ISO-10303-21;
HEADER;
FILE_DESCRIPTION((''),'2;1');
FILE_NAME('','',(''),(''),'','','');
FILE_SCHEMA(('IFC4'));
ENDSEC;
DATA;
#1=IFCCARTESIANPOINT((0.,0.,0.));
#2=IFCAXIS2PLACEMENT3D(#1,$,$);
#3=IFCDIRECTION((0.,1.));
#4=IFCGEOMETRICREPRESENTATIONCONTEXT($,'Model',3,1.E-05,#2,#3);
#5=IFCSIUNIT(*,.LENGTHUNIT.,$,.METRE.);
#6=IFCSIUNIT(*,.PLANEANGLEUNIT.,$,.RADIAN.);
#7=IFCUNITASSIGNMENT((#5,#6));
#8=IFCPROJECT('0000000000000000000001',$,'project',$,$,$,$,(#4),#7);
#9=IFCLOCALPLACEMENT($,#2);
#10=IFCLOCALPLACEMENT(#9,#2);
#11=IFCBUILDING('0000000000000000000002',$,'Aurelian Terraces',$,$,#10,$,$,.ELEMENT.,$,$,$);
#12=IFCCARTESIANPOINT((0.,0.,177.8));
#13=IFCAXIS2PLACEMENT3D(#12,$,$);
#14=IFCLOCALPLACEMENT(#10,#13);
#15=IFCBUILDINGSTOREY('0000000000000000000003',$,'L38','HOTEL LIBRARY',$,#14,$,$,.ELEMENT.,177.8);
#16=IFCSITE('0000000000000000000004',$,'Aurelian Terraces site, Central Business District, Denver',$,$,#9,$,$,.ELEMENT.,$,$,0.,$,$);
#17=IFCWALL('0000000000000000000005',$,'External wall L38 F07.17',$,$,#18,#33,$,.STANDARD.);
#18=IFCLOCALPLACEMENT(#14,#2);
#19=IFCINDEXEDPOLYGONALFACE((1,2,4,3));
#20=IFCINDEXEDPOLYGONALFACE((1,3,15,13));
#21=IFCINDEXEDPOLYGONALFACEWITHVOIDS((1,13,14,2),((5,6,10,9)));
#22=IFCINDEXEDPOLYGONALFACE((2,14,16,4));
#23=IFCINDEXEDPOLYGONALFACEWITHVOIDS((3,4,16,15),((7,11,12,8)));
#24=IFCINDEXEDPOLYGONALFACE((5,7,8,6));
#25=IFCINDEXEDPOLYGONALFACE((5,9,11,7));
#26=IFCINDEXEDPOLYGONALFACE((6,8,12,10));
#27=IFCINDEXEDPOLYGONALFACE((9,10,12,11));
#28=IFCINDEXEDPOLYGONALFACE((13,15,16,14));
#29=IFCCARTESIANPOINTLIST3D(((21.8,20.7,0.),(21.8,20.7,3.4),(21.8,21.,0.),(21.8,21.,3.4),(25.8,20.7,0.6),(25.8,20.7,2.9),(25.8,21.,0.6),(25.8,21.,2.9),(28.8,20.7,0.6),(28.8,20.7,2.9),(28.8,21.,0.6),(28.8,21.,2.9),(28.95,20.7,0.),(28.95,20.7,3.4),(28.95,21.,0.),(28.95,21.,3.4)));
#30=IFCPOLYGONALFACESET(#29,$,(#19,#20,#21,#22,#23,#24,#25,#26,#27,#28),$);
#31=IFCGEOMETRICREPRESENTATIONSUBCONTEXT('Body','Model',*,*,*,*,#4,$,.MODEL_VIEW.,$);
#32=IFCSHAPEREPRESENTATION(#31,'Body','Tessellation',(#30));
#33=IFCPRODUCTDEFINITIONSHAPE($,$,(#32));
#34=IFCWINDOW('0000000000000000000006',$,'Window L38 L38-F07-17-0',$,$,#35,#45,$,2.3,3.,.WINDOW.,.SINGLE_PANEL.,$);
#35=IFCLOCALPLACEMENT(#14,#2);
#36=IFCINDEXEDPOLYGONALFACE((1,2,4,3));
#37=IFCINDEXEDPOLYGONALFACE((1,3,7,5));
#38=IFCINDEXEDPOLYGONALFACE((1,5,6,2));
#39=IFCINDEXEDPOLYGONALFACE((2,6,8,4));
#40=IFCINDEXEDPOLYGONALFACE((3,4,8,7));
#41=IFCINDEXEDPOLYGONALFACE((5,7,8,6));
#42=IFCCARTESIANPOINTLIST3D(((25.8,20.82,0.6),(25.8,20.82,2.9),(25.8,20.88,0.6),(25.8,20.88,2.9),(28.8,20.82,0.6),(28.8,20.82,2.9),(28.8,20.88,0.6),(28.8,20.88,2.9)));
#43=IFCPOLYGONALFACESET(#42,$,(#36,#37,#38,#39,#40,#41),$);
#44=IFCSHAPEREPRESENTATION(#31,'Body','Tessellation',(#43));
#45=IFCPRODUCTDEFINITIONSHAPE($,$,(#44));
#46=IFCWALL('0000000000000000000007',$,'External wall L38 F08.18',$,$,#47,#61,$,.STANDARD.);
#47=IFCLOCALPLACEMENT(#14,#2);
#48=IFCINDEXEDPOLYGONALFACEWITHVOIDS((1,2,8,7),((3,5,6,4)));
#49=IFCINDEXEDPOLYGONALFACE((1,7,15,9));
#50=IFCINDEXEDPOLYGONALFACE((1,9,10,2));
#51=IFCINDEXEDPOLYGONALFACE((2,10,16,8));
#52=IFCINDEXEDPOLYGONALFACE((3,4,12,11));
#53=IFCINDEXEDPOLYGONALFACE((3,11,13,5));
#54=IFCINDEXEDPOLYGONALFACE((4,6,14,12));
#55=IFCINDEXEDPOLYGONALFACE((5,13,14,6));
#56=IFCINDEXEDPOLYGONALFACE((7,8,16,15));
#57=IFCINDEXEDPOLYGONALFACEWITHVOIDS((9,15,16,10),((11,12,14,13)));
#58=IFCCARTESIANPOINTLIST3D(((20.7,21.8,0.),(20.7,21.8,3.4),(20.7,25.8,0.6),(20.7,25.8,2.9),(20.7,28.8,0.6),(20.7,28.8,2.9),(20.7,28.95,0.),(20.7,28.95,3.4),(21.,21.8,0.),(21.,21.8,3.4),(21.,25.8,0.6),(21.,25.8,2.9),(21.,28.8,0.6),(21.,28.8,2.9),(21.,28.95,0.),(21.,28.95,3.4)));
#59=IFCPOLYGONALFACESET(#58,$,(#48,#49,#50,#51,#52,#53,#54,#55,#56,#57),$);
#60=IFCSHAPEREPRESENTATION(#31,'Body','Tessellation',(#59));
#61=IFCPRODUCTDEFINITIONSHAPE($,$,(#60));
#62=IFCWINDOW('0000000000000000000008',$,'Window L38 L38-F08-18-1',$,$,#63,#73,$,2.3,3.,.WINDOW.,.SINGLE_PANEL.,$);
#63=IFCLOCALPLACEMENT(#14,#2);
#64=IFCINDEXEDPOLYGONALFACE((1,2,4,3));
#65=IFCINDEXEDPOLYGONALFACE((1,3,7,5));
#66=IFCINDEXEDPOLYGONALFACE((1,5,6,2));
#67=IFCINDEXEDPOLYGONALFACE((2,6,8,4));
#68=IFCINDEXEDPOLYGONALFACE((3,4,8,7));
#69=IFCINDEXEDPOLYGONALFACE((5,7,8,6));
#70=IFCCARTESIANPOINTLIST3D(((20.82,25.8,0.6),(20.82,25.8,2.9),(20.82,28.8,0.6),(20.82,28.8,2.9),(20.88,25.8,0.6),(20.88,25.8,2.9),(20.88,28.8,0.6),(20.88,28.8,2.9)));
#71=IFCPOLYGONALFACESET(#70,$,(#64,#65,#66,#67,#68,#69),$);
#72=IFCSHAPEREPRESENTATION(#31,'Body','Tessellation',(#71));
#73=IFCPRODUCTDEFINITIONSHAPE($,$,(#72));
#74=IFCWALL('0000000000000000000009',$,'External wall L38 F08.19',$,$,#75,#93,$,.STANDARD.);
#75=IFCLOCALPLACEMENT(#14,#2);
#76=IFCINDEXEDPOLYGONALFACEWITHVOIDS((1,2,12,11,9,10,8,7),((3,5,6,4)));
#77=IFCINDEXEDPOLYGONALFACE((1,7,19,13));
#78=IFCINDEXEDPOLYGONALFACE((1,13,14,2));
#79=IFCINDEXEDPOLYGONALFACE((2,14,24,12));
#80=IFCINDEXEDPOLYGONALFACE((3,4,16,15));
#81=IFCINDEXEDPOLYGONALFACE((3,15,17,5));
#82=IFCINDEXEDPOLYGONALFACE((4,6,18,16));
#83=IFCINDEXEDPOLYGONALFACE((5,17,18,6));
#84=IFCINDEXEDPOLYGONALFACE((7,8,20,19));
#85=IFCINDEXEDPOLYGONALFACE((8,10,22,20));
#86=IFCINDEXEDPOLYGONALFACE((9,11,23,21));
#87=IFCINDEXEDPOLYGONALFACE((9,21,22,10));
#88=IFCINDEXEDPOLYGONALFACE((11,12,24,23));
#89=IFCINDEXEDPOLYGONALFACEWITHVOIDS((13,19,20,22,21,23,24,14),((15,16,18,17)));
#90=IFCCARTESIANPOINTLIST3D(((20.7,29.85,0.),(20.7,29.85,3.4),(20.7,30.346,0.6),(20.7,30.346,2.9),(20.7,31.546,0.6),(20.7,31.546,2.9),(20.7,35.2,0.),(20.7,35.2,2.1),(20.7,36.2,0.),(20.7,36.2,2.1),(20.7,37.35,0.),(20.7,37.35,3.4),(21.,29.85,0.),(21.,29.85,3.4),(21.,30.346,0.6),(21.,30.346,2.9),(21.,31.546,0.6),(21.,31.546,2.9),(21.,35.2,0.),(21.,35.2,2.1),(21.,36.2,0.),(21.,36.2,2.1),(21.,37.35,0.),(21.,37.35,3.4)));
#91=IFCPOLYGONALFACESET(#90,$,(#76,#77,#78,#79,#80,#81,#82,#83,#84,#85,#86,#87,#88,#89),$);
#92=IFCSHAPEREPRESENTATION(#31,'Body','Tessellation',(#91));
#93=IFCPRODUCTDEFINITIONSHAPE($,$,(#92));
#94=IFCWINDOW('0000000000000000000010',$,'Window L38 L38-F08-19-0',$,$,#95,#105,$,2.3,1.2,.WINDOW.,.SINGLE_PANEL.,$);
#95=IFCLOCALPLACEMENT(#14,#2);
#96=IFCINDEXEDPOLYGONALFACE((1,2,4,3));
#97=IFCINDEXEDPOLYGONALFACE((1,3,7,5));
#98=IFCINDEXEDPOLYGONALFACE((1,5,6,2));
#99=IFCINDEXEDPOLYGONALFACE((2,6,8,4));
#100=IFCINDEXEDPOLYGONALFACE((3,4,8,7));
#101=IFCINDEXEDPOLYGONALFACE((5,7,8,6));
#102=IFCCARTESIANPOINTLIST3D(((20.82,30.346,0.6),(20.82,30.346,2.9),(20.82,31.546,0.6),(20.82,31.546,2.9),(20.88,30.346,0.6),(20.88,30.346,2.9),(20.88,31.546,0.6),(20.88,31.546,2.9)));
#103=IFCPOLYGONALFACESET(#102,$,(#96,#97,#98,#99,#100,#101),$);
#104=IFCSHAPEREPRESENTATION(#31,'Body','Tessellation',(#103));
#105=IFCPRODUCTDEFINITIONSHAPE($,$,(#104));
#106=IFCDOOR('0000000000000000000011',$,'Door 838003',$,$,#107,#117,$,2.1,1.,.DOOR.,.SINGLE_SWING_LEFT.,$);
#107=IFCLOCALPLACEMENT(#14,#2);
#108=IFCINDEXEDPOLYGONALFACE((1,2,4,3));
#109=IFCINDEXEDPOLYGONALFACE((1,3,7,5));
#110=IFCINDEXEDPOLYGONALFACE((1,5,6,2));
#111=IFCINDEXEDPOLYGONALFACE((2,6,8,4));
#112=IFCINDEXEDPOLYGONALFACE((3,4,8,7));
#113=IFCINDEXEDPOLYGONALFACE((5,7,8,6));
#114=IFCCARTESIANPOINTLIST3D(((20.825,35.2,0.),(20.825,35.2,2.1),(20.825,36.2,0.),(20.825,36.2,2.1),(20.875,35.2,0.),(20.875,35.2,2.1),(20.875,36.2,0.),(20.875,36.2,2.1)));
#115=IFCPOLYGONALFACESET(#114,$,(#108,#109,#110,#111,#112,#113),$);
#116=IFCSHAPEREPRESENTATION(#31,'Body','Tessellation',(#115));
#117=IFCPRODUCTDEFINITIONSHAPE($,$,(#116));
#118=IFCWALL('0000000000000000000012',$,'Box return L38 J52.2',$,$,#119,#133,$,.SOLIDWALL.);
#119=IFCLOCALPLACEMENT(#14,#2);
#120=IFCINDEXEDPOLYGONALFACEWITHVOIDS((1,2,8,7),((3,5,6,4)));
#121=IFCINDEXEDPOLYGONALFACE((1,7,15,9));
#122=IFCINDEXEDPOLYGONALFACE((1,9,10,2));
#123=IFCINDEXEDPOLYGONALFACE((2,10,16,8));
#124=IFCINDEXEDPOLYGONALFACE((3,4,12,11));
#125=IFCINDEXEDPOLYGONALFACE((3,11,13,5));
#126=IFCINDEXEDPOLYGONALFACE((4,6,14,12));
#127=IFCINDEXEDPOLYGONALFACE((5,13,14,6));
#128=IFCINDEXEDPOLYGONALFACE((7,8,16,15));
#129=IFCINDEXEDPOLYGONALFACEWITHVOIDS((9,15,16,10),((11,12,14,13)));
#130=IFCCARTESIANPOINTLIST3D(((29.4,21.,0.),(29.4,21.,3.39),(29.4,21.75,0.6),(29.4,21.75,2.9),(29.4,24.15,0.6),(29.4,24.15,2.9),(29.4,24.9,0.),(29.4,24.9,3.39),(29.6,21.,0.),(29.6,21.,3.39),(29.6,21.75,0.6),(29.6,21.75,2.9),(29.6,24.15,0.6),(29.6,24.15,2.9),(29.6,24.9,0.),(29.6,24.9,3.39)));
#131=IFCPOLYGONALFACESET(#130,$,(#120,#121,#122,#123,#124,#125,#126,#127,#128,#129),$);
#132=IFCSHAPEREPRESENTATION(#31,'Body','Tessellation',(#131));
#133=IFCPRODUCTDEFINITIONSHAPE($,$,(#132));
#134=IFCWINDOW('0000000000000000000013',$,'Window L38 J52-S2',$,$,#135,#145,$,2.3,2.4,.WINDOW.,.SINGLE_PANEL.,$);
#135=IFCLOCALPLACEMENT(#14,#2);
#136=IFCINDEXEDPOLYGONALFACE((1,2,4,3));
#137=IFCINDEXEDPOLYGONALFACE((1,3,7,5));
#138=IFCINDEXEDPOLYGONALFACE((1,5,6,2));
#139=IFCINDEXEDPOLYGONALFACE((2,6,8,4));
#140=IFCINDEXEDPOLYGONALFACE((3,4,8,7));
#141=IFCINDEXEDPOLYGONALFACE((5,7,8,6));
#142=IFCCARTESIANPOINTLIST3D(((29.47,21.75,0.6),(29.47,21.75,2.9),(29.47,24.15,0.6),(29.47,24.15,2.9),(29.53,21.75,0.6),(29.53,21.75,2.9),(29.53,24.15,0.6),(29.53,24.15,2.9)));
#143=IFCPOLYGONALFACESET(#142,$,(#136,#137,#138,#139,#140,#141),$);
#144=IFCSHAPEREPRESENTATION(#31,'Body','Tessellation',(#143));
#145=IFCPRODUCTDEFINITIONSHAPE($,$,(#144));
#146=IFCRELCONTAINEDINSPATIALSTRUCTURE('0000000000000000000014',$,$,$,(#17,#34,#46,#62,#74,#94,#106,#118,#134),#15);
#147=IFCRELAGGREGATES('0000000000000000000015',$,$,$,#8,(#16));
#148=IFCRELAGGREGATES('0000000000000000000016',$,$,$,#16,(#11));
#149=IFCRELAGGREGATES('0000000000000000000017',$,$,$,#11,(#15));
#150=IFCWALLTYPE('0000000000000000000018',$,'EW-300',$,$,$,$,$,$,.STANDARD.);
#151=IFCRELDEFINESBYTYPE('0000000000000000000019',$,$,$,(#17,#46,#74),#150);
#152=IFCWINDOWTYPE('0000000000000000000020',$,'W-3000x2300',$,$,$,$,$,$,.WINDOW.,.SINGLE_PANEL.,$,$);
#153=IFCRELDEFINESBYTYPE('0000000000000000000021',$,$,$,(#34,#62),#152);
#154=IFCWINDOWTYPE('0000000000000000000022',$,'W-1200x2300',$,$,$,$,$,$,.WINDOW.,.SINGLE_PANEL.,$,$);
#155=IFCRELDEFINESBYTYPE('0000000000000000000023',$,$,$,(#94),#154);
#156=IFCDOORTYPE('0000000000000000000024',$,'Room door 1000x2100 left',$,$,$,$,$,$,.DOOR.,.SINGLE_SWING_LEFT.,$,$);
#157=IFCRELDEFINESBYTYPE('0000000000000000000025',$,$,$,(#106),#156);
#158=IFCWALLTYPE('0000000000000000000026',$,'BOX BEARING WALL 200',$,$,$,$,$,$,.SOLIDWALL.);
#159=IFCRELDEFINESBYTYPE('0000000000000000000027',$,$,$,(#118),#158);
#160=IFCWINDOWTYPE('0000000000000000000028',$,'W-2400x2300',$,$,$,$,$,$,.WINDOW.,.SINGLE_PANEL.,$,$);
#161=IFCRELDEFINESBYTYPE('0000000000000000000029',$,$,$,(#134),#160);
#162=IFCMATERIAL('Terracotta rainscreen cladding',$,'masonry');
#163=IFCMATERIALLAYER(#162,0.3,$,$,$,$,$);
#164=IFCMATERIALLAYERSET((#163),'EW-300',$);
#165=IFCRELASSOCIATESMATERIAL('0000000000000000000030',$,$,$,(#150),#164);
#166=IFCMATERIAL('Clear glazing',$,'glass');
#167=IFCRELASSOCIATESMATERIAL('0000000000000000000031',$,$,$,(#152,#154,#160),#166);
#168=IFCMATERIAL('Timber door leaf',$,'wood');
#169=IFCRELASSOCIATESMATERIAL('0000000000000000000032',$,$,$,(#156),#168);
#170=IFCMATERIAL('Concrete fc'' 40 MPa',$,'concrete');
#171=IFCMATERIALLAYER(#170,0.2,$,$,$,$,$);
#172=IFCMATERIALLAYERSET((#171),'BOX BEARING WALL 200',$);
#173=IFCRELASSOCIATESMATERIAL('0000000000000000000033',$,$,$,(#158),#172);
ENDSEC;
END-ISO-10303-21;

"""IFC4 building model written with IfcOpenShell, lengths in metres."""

from ifc_helpers import new_model, si_unit, direction, frame, frame_2d, origin, place, context, subcontext, project, spatial, rectangle, extrude, source, transform, mapped, material, layer, layer_set, type_object, element, fill, save


model = new_model("IFC4")

# Units and contexts
model_context = context("Model", 3, precision=1e-05, world=origin(), true_north=direction((0.0, 1.0)))
body_context = subcontext(model_context, "Body", "Model", "MODEL_VIEW")
ifc_project = project(units=[si_unit("LENGTHUNIT", "METRE"), si_unit("PLANEANGLEUNIT", "RADIAN")], contexts=[model_context])

# Site, building, storey
site_placement = place(None, origin())
site = spatial("IfcSite", under=ifc_project, at=site_placement, Name="Aurelian Terraces site, Central Business District, Denver", CompositionType="ELEMENT", RefElevation=0.0)
building_placement = place(site_placement, origin())
building = spatial("IfcBuilding", under=site, at=building_placement, Name="Aurelian Terraces", CompositionType="ELEMENT")
storey_placement = place(building_placement, frame((0.0, 0.0, 177.8)))
storey = spatial("IfcBuildingStorey", under=building, at=storey_placement, Name="L38", Description="HOTEL LIBRARY", CompositionType="ELEMENT", Elevation=177.8)

# Walls, openings, windows
ifc_material_1 = material(Name="Terracotta rainscreen cladding", Category="masonry")
ifc_layer_1 = layer(ifc_material_1, 0.3)
ifc_layer_set_1 = layer_set([ifc_layer_1], Name="EW-300")
wall_type_1 = type_object("IfcWallType", Name="EW-300", PredefinedType="STANDARD", material=ifc_layer_set_1)
wall_1_placement = place(storey_placement, frame((28.95, 20.85, 0.0), z_axis=(0.0, 0.0, 1.0), x_axis=(-1.0, 0.0, 0.0)))
wall_1 = element("IfcWall", 1, at=wall_1_placement, inside=storey, type_object=wall_type_1, Name="External wall L38 F07.17", PredefinedType="STANDARD", context=body_context, shape_type="SweptSolid", body=[
    extrude(rectangle(XDim=7.15, YDim=0.3, at=frame_2d((3.575, 0.0))), origin(), (0.0, 0.0, 1.0), 3.4),
])
shared_shape_1 = source(origin(), body_context, "Body", "SweptSolid", [
    extrude(rectangle(XDim=3.0, YDim=2.3, at=frame_2d((1.5, 1.15))), frame((0.0, 0.16, 0.0), z_axis=(0.0, -1.0, 0.0), x_axis=(1.0, 0.0, 0.0)), (0.0, 0.0, 1.0), 0.32),
])
opening_1_placement = place(wall_1_placement, frame((0.15, 0.0, 0.6)))
opening_1 = element("IfcOpeningElement", 2, at=opening_1_placement, cuts=wall_1, PredefinedType="OPENING", context=body_context, shape_type="MappedRepresentation", body=[
    mapped(shared_shape_1, transform((0.0, 0.0, 0.0), scale=1.0)),
])
ifc_material_2 = material(Name="Clear glazing", Category="glass")
window_type_1 = type_object("IfcWindowType", Name="W-3000x2300", PartitioningType="SINGLE_PANEL", PredefinedType="WINDOW", material=ifc_material_2)
shared_shape_2 = source(origin(), body_context, "Body", "SweptSolid", [
    extrude(rectangle(XDim=3.0, YDim=2.3, at=frame_2d((1.5, 1.15))), frame((0.0, 0.03, 0.0), z_axis=(0.0, -1.0, 0.0), x_axis=(1.0, 0.0, 0.0)), (0.0, 0.0, 1.0), 0.06),
])
window_1_placement = place(opening_1_placement, origin())
window_1 = element("IfcWindow", 3, at=window_1_placement, inside=storey, type_object=window_type_1, Name="Window L38 L38-F07-17-0", OverallHeight=2.3, OverallWidth=3.0, PartitioningType="SINGLE_PANEL", PredefinedType="WINDOW", context=body_context, shape_type="MappedRepresentation", body=[
    mapped(shared_shape_2, transform((0.0, 0.0, 0.0), scale=1.0)),
])
fill(opening_1, window_1)
shared_shape_3 = source(origin(), body_context, "Body", "SweptSolid", [
    extrude(rectangle(XDim=7.15, YDim=0.3, at=frame_2d((3.575, 0.0))), origin(), (0.0, 0.0, 1.0), 3.4),
])
wall_2_placement = place(storey_placement, frame((20.85, 21.8, 0.0), z_axis=(0.0, 0.0, 1.0), x_axis=(0.0, 1.0, 0.0)))
wall_2 = element("IfcWall", 4, at=wall_2_placement, inside=storey, type_object=wall_type_1, Name="External wall L38 F08.18", PredefinedType="STANDARD", context=body_context, shape_type="MappedRepresentation", body=[
    mapped(shared_shape_3, transform((0.0, 0.0, 0.0), scale=1.0)),
])
opening_2_placement = place(wall_2_placement, frame((4.0, 0.0, 0.6)))
opening_2 = element("IfcOpeningElement", 5, at=opening_2_placement, cuts=wall_2, PredefinedType="OPENING", context=body_context, shape_type="MappedRepresentation", body=[
    mapped(shared_shape_1, transform((0.0, 0.0, 0.0), scale=1.0)),
])
window_2_placement = place(opening_2_placement, origin())
window_2 = element("IfcWindow", 6, at=window_2_placement, inside=storey, type_object=window_type_1, Name="Window L38 L38-F08-18-1", OverallHeight=2.3, OverallWidth=3.0, PartitioningType="SINGLE_PANEL", PredefinedType="WINDOW", context=body_context, shape_type="MappedRepresentation", body=[
    mapped(shared_shape_2, transform((0.0, 0.0, 0.0), scale=1.0)),
])
fill(opening_2, window_2)

# Wall, openings, window, door
shared_shape_4 = source(origin(), body_context, "Body", "SweptSolid", [
    extrude(rectangle(XDim=7.5, YDim=0.3, at=frame_2d((3.75, 0.0))), origin(), (0.0, 0.0, 1.0), 3.4),
])
wall_3_placement = place(storey_placement, frame((20.85, 29.85, 0.0), z_axis=(0.0, 0.0, 1.0), x_axis=(0.0, 1.0, 0.0)))
wall_3 = element("IfcWall", 7, at=wall_3_placement, inside=storey, type_object=wall_type_1, Name="External wall L38 F08.19", PredefinedType="STANDARD", context=body_context, shape_type="MappedRepresentation", body=[
    mapped(shared_shape_4, transform((0.0, 0.0, 0.0), scale=1.0)),
])
shared_shape_5 = source(origin(), body_context, "Body", "SweptSolid", [
    extrude(rectangle(XDim=1.2, YDim=2.3, at=frame_2d((0.6, 1.15))), frame((0.0, 0.16, 0.0), z_axis=(0.0, -1.0, 0.0), x_axis=(1.0, 0.0, 0.0)), (0.0, 0.0, 1.0), 0.32),
])
opening_3_placement = place(wall_3_placement, frame((0.496, 0.0, 0.6)))
opening_3 = element("IfcOpeningElement", 8, at=opening_3_placement, cuts=wall_3, PredefinedType="OPENING", context=body_context, shape_type="MappedRepresentation", body=[
    mapped(shared_shape_5, transform((0.0, 0.0, 0.0), scale=1.0)),
])
shared_shape_6 = source(origin(), body_context, "Body", "SweptSolid", [
    extrude(rectangle(XDim=1.0, YDim=2.1, at=frame_2d((0.5, 1.05))), frame((0.0, 0.16, 0.0), z_axis=(0.0, -1.0, 0.0), x_axis=(1.0, 0.0, 0.0)), (0.0, 0.0, 1.0), 0.32),
])
opening_4_placement = place(wall_3_placement, frame((5.35, 0.0, 0.0)))
opening_4 = element("IfcOpeningElement", 9, at=opening_4_placement, cuts=wall_3, PredefinedType="OPENING", context=body_context, shape_type="MappedRepresentation", body=[
    mapped(shared_shape_6, transform((0.0, 0.0, 0.0), scale=1.0)),
])
window_type_2 = type_object("IfcWindowType", Name="W-1200x2300", PartitioningType="SINGLE_PANEL", PredefinedType="WINDOW", material=ifc_material_2)
shared_shape_7 = source(origin(), body_context, "Body", "SweptSolid", [
    extrude(rectangle(XDim=1.2, YDim=2.3, at=frame_2d((0.6, 1.15))), frame((0.0, 0.03, 0.0), z_axis=(0.0, -1.0, 0.0), x_axis=(1.0, 0.0, 0.0)), (0.0, 0.0, 1.0), 0.06),
])
window_3_placement = place(opening_3_placement, origin())
window_3 = element("IfcWindow", 10, at=window_3_placement, inside=storey, type_object=window_type_2, Name="Window L38 L38-F08-19-0", OverallHeight=2.3, OverallWidth=1.2, PartitioningType="SINGLE_PANEL", PredefinedType="WINDOW", context=body_context, shape_type="MappedRepresentation", body=[
    mapped(shared_shape_7, transform((0.0, 0.0, 0.0), scale=1.0)),
])
fill(opening_3, window_3)
ifc_material_3 = material(Name="Timber door leaf", Category="wood")
door_type = type_object("IfcDoorType", Name="Room door 1000x2100 left", OperationType="SINGLE_SWING_LEFT", PredefinedType="DOOR", material=ifc_material_3)
shared_shape_8 = source(origin(), body_context, "Body", "SweptSolid", [
    extrude(rectangle(XDim=1.0, YDim=2.1, at=frame_2d((0.5, 1.05))), frame((0.0, 0.025, 0.0), z_axis=(0.0, -1.0, 0.0), x_axis=(1.0, 0.0, 0.0)), (0.0, 0.0, 1.0), 0.05),
])
door_placement = place(opening_4_placement, origin())
door = element("IfcDoor", 11, at=door_placement, inside=storey, type_object=door_type, Name="Door 838003", OperationType="SINGLE_SWING_LEFT", OverallHeight=2.1, OverallWidth=1.0, PredefinedType="DOOR", context=body_context, shape_type="MappedRepresentation", body=[
    mapped(shared_shape_8, transform((0.0, 0.0, 0.0), scale=1.0)),
])
fill(opening_4, door)

# Wall, opening, window
ifc_material_4 = material(Name="Concrete fc' 40 MPa", Category="concrete")
ifc_layer_2 = layer(ifc_material_4, 0.2)
ifc_layer_set_2 = layer_set([ifc_layer_2], Name="BOX BEARING WALL 200")
wall_type_2 = type_object("IfcWallType", Name="BOX BEARING WALL 200", PredefinedType="SOLIDWALL", material=ifc_layer_set_2)
shared_shape_9 = source(origin(), body_context, "Body", "SweptSolid", [
    extrude(rectangle(XDim=3.9, YDim=0.2, at=frame_2d((1.95, 0.0))), origin(), (0.0, 0.0, 1.0), 3.39),
])
wall_4_placement = place(storey_placement, frame((29.5, 21.0, 0.0), z_axis=(0.0, 0.0, 1.0), x_axis=(0.0, 1.0, 0.0)))
wall_4 = element("IfcWall", 12, at=wall_4_placement, inside=storey, type_object=wall_type_2, Name="Box return L38 J52.2", PredefinedType="SOLIDWALL", context=body_context, shape_type="MappedRepresentation", body=[
    mapped(shared_shape_9, transform((0.0, 0.0, 0.0), scale=1.0)),
])
shared_shape_10 = source(origin(), body_context, "Body", "SweptSolid", [
    extrude(rectangle(XDim=2.4, YDim=2.3, at=frame_2d((1.2, 1.15))), frame((0.0, 0.11, 0.0), z_axis=(0.0, -1.0, 0.0), x_axis=(1.0, 0.0, 0.0)), (0.0, 0.0, 1.0), 0.22),
])
opening_5_placement = place(wall_4_placement, frame((0.75, 0.0, 0.6)))
opening_5 = element("IfcOpeningElement", 13, at=opening_5_placement, cuts=wall_4, PredefinedType="OPENING", context=body_context, shape_type="MappedRepresentation", body=[
    mapped(shared_shape_10, transform((0.0, 0.0, 0.0), scale=1.0)),
])
window_type_3 = type_object("IfcWindowType", Name="W-2400x2300", PartitioningType="SINGLE_PANEL", PredefinedType="WINDOW", material=ifc_material_2)
shared_shape_11 = source(origin(), body_context, "Body", "SweptSolid", [
    extrude(rectangle(XDim=2.4, YDim=2.3, at=frame_2d((1.2, 1.15))), frame((0.0, 0.03, 0.0), z_axis=(0.0, -1.0, 0.0), x_axis=(1.0, 0.0, 0.0)), (0.0, 0.0, 1.0), 0.06),
])
window_4_placement = place(opening_5_placement, origin())
window_4 = element("IfcWindow", 14, at=window_4_placement, inside=storey, type_object=window_type_3, Name="Window L38 J52-S2", OverallHeight=2.3, OverallWidth=2.4, PartitioningType="SINGLE_PANEL", PredefinedType="WINDOW", context=body_context, shape_type="MappedRepresentation", body=[
    mapped(shared_shape_11, transform((0.0, 0.0, 0.0), scale=1.0)),
])
fill(opening_5, window_4)

save(model, "model.ifc")
